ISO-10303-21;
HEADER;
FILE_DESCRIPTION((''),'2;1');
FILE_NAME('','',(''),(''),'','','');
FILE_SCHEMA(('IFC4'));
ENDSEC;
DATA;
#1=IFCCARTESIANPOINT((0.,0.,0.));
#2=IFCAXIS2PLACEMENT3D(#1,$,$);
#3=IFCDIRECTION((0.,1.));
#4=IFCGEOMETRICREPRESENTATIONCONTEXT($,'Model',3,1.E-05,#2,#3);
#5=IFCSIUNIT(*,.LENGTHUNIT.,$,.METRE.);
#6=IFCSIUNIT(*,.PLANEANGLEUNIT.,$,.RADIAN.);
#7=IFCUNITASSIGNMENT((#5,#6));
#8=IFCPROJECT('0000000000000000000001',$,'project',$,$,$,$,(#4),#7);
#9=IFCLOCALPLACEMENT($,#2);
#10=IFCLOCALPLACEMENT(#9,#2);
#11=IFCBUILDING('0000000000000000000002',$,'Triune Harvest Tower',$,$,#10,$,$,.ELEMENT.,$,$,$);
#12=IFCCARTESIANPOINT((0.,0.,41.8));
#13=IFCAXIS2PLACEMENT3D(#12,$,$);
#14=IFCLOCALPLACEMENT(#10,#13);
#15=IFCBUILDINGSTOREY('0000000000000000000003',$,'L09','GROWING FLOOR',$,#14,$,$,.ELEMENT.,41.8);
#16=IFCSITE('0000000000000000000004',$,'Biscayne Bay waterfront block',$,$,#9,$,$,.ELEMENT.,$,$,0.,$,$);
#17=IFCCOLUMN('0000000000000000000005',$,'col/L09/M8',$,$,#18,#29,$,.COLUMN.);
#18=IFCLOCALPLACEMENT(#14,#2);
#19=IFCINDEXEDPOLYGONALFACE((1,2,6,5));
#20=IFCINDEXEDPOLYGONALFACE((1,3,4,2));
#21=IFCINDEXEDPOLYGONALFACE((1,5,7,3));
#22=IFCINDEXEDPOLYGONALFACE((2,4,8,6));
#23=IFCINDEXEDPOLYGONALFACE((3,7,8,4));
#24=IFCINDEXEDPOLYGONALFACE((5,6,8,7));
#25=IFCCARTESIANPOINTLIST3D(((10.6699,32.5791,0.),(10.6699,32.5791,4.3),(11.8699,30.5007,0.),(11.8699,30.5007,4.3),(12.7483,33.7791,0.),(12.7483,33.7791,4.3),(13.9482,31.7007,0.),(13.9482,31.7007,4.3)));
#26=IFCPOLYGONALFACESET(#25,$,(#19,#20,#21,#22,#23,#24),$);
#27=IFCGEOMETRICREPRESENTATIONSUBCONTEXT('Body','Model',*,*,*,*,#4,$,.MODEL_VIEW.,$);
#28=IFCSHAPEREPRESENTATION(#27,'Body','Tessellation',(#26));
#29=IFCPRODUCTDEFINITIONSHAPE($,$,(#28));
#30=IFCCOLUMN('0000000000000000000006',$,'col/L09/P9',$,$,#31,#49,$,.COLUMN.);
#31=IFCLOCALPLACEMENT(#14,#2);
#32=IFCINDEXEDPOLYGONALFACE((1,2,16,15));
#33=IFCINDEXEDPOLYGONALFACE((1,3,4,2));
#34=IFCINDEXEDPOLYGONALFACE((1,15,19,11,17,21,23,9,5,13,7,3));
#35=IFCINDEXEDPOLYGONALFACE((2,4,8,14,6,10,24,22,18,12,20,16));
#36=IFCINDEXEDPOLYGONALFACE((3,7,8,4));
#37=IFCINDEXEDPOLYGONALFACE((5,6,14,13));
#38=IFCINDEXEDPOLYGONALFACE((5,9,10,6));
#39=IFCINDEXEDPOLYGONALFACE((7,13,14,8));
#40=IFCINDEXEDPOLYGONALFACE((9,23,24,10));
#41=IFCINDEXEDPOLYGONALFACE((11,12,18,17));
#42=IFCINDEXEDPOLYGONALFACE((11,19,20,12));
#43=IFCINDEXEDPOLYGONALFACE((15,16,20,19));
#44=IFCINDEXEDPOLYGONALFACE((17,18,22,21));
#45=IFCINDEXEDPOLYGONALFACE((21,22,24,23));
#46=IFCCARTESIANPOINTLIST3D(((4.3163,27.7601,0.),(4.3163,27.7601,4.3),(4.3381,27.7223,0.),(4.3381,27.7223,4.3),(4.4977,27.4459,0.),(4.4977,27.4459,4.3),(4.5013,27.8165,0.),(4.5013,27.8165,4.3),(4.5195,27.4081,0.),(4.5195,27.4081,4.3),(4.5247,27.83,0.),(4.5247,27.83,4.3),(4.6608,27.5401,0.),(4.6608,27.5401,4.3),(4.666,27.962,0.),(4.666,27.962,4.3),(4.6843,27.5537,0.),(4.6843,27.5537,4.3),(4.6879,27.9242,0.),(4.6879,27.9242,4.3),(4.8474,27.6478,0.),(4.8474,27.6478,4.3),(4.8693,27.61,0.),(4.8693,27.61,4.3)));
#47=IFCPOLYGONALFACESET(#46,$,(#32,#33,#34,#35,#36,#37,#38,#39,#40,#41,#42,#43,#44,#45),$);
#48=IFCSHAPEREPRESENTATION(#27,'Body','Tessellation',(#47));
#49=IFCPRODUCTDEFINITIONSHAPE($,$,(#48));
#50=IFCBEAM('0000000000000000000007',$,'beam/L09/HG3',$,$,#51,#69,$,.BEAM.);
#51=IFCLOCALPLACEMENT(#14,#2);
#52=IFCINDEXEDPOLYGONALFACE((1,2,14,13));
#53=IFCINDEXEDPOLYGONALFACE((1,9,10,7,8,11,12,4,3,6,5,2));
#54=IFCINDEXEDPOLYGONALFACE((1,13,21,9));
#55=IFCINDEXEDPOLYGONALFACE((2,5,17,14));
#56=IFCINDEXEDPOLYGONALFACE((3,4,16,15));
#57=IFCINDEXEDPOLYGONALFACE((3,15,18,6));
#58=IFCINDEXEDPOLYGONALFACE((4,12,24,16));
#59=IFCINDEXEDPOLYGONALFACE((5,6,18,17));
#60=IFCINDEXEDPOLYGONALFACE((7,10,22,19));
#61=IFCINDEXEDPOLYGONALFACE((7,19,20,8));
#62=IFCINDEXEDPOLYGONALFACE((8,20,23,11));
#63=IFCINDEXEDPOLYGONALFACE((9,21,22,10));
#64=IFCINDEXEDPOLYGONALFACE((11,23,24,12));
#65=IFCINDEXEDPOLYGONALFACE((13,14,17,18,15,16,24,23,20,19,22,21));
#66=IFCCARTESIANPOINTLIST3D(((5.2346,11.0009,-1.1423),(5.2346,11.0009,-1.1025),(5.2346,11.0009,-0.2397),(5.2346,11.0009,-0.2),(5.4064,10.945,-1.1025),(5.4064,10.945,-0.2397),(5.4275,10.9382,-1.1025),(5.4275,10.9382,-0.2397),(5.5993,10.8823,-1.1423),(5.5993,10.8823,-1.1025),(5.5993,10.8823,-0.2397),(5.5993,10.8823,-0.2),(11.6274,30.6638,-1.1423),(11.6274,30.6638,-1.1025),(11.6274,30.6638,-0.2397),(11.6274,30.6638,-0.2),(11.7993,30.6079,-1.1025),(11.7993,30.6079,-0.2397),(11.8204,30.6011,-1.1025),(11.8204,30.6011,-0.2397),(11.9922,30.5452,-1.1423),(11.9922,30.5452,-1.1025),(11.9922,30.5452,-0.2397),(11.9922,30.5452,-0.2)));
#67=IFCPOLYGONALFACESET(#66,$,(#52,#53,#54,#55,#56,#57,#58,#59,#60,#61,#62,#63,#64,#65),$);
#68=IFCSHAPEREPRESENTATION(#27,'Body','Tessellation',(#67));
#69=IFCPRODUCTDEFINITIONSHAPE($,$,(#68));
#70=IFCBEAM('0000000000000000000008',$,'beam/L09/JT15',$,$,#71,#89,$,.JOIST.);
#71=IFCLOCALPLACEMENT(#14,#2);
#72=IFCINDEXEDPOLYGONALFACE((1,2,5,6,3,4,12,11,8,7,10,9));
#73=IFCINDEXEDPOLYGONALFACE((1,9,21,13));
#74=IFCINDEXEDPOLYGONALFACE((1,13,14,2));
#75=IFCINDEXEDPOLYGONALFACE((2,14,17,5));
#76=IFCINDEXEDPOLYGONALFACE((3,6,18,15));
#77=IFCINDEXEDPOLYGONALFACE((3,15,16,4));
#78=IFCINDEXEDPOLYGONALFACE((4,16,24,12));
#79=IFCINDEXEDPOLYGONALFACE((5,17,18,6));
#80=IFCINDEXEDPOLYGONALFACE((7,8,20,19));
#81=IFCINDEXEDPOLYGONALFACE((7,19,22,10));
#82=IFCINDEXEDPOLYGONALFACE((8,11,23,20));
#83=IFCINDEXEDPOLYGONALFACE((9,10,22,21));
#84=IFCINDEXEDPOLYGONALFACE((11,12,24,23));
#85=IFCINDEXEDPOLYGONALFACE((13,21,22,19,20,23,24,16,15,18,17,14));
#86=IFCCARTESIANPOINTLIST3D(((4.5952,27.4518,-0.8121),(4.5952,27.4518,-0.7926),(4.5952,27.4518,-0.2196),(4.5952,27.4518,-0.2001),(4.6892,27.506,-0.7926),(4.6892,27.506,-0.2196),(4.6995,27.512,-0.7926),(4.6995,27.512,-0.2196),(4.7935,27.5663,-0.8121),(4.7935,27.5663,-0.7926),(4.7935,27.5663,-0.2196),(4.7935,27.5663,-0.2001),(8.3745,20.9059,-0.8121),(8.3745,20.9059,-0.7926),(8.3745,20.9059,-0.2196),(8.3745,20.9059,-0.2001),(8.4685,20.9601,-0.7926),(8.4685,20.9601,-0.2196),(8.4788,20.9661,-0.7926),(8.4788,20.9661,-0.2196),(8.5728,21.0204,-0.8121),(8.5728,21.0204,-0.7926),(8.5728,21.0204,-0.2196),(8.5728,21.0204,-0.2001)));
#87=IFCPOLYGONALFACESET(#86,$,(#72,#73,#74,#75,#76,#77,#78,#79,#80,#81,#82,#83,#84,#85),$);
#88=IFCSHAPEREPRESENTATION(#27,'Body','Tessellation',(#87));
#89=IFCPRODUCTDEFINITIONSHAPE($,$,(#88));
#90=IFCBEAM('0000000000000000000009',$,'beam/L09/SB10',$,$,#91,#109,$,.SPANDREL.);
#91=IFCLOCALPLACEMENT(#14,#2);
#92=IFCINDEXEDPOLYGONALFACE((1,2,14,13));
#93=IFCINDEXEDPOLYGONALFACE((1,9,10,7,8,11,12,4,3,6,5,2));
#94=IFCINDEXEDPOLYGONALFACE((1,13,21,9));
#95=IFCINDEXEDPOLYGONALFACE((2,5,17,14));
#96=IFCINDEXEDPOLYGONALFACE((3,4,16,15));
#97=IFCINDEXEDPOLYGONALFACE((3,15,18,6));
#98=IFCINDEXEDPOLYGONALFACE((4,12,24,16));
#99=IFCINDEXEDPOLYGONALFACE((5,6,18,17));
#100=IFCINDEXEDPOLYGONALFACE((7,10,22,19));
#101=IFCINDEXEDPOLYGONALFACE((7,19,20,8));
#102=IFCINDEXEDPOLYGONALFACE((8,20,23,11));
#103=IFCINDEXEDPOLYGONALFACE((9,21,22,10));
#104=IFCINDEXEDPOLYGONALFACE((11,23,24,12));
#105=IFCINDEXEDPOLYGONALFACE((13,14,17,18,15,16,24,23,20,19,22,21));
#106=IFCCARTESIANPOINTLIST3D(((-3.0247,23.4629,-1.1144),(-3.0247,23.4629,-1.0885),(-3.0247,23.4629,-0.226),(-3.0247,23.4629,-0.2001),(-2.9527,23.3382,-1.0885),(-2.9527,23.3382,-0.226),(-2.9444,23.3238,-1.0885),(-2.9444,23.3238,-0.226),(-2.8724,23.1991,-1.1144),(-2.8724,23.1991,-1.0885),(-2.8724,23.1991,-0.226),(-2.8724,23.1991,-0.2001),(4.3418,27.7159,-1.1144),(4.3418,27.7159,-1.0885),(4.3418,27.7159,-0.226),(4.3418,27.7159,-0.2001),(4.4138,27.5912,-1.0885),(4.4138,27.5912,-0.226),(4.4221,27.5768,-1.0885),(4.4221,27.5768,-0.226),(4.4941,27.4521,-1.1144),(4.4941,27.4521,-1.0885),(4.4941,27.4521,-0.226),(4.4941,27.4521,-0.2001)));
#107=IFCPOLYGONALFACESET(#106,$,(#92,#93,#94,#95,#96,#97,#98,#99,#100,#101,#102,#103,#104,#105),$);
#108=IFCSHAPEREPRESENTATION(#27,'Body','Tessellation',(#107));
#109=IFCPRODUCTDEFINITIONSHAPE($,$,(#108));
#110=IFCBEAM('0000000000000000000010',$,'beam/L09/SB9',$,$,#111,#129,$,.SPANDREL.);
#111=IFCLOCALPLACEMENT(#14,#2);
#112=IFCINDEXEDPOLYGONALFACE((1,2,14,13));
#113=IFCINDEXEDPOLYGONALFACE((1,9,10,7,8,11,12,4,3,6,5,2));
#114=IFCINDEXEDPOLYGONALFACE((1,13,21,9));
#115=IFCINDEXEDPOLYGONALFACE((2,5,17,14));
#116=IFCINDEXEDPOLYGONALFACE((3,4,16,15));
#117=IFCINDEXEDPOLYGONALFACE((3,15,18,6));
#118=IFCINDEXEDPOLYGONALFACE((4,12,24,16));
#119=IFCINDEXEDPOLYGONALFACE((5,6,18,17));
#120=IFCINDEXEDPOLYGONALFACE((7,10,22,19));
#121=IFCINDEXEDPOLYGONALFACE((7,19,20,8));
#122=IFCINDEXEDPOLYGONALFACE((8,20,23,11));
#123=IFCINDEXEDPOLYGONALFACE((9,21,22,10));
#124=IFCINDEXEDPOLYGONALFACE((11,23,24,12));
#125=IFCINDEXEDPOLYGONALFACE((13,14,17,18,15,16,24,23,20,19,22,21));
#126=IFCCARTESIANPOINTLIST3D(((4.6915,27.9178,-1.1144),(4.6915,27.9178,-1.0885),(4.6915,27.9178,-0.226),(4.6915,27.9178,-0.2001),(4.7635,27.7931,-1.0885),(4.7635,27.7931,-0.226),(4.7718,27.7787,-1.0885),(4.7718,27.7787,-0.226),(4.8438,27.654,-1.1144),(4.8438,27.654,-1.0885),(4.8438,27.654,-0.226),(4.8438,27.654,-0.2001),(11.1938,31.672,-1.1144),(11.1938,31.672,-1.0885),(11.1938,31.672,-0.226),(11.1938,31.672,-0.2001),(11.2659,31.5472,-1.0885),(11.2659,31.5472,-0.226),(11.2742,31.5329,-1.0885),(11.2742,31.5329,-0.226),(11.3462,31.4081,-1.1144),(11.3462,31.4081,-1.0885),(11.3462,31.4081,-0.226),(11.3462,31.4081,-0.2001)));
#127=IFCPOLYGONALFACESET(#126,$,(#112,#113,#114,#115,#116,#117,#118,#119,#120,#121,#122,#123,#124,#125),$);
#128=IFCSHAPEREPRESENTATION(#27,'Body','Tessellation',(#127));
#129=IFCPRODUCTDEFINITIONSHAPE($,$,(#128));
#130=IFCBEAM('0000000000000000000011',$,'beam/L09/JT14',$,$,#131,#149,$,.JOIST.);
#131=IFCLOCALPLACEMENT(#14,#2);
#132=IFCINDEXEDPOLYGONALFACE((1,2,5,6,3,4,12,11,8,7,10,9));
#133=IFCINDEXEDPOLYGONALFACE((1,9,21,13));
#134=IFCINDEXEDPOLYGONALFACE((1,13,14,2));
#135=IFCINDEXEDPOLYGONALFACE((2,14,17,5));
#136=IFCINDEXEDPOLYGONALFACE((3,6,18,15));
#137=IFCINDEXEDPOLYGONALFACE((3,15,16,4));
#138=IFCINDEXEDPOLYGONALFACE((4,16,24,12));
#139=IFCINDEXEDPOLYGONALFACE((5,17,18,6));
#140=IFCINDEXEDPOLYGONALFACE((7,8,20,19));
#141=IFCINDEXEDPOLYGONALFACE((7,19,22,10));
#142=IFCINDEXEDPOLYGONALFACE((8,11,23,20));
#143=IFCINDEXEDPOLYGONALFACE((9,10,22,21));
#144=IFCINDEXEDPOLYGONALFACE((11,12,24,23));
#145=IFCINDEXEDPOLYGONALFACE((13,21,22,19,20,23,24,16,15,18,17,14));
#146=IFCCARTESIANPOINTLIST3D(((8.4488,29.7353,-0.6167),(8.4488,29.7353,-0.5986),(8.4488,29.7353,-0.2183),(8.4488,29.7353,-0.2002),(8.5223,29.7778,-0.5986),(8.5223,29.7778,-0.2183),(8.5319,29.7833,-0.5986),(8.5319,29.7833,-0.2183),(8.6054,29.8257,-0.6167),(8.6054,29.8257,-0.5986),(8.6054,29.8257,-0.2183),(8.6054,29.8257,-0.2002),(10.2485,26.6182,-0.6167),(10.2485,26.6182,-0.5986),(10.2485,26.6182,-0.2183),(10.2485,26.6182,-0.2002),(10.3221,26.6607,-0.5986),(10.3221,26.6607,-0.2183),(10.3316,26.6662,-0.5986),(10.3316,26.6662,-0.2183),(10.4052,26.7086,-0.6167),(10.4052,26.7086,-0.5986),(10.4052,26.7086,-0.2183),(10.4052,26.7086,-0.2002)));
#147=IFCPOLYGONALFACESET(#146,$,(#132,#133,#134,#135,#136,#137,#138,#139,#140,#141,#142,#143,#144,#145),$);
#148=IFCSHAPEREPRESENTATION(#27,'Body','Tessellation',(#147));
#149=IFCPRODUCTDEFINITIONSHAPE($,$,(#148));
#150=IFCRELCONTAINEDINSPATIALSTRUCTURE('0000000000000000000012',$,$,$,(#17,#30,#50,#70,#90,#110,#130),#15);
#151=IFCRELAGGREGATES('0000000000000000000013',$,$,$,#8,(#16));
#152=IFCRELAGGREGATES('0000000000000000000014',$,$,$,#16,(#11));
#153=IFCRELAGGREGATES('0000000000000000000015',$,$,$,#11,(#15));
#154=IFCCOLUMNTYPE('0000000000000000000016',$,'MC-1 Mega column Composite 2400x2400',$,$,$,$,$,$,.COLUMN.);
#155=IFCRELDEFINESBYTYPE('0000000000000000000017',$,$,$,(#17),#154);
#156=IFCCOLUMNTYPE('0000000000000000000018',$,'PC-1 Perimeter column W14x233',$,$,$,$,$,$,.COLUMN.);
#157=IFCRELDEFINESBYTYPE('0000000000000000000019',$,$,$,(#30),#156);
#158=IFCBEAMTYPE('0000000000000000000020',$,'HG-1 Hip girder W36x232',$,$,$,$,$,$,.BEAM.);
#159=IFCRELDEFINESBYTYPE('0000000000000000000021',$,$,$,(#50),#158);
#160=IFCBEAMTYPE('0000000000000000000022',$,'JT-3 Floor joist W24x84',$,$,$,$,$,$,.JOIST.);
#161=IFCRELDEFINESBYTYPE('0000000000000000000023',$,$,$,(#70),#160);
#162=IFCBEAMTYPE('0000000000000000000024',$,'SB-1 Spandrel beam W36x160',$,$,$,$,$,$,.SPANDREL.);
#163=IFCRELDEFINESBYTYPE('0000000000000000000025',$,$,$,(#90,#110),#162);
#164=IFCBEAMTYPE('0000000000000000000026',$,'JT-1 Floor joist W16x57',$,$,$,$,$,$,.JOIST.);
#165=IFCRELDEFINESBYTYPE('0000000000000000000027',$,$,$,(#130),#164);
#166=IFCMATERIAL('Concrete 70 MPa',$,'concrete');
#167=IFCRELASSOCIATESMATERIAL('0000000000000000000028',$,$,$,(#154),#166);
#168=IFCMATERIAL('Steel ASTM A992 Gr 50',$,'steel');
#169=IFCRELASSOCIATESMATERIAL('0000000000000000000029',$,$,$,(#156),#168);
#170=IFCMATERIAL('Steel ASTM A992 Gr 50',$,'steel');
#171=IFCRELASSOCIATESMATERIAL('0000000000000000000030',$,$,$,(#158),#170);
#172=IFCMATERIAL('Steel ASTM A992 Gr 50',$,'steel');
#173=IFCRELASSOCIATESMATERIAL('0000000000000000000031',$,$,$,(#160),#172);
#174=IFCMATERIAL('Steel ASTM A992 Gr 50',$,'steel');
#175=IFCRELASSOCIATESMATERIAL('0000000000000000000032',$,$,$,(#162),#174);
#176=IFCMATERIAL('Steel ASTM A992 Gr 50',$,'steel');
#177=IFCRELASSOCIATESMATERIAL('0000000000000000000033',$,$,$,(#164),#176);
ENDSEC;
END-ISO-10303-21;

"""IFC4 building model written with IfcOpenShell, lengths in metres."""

from ifc_helpers import new_model, si_unit, direction, frame, origin, origin_2d, place, context, subcontext, project, spatial, rectangle, i_section, extrude, source, transform, mapped, material, material_profile, profile_set, type_object, element, save


model = new_model("IFC4")

# Units and contexts
model_context = context("Model", 3, precision=1e-05, world=origin(), true_north=direction((0.0, 1.0)))
body_context = subcontext(model_context, "Body", "Model", "MODEL_VIEW")
ifc_project = project(units=[si_unit("LENGTHUNIT", "METRE"), si_unit("PLANEANGLEUNIT", "RADIAN")], contexts=[model_context])

# Site, building, storey
site_placement = place(None, origin())
site = spatial("IfcSite", under=ifc_project, at=site_placement, Name="Biscayne Bay waterfront block", CompositionType="ELEMENT", RefElevation=0.0)
building_placement = place(site_placement, origin())
building = spatial("IfcBuilding", under=site, at=building_placement, Name="Triune Harvest Tower", CompositionType="ELEMENT")
storey_placement = place(building_placement, frame((0.0, 0.0, 41.8)))
storey = spatial("IfcBuildingStorey", under=building, at=storey_placement, Name="L09", Description="GROWING FLOOR", CompositionType="ELEMENT", Elevation=41.8)

# Columns
ifc_material_1 = material(Name="Concrete 70 MPa", Category="concrete")
ifc_material_profile_1 = material_profile(ifc_material_1, rectangle(XDim=2.3999, YDim=2.3999, at=origin_2d()), Name="Composite 2400x2400")
ifc_profile_set_1 = profile_set([ifc_material_profile_1], Name="Concrete 70 MPa")
column_type_1 = type_object("IfcColumnType", Name="MC-1 Mega column Composite 2400x2400", PredefinedType="COLUMN", material=ifc_profile_set_1)
shared_shape_1 = source(origin(), body_context, "Body", "SweptSolid", [
    extrude(rectangle(XDim=2.3999, YDim=2.3999, at=origin_2d()), origin(), (0.0, 0.0, 1.0), 4.3),
])
column_1_placement = place(storey_placement, frame((12.3091, 32.1399, 0.0), z_axis=(0.0, 0.0, 1.0), x_axis=(-0.866025, -0.5, 0.0)))
element("IfcColumn", 1, at=column_1_placement, inside=storey, type_object=column_type_1, Name="col/L09/M8", PredefinedType="COLUMN", context=body_context, shape_type="MappedRepresentation", body=[
    mapped(shared_shape_1, transform((0.0, 0.0, 0.0), scale=1.0)),
])
ifc_material_2 = material(Name="Steel ASTM A992 Gr 50", Category="steel")
ifc_material_profile_2 = material_profile(ifc_material_2, i_section(OverallWidth=0.4038, OverallDepth=0.4065, WebThickness=0.0271, FlangeThickness=0.0437, at=origin_2d()), Name="W14x233")
ifc_profile_set_2 = profile_set([ifc_material_profile_2], Name="Steel ASTM A992 Gr 50")
column_type_2 = type_object("IfcColumnType", Name="PC-1 Perimeter column W14x233", PredefinedType="COLUMN", material=ifc_profile_set_2)
shared_shape_2 = source(origin(), body_context, "Body", "SweptSolid", [
    extrude(i_section(OverallWidth=0.4038, OverallDepth=0.4065, WebThickness=0.0271, FlangeThickness=0.0437, at=origin_2d()), origin(), (0.0, 0.0, 1.0), 4.3),
])
column_2_placement = place(storey_placement, frame((4.5928, 27.6851, 0.0), z_axis=(0.0, 0.0, 1.0), x_axis=(-0.866025, -0.5, 0.0)))
element("IfcColumn", 2, at=column_2_placement, inside=storey, type_object=column_type_2, Name="col/L09/P9", PredefinedType="COLUMN", context=body_context, shape_type="MappedRepresentation", body=[
    mapped(shared_shape_2, transform((0.0, 0.0, 0.0), scale=1.0)),
])

# Beams
ifc_material_3 = material(Name="Steel ASTM A992 Gr 50", Category="steel")
ifc_material_profile_3 = material_profile(ifc_material_3, i_section(OverallWidth=0.3835, OverallDepth=0.9424, WebThickness=0.0222, FlangeThickness=0.0398, at=origin_2d()), Name="W36x232")
ifc_profile_set_3 = profile_set([ifc_material_profile_3], Name="Steel ASTM A992 Gr 50")
beam_type_1 = type_object("IfcBeamType", Name="HG-1 Hip girder W36x232", PredefinedType="BEAM", material=ifc_profile_set_3)
shared_shape_3 = source(origin(), body_context, "Body", "SweptSolid", [
    extrude(i_section(OverallWidth=0.3835, OverallDepth=0.9424, WebThickness=0.0222, FlangeThickness=0.0398, at=origin_2d()), origin(), (0.0, 0.0, 1.0), 20.676),
])
beam_1_placement = place(storey_placement, frame((11.8098, 30.6045, -0.6711), z_axis=(-0.309191, -0.951, 0.0), x_axis=(0.951, -0.309191, 0.0)))
element("IfcBeam", 3, at=beam_1_placement, inside=storey, type_object=beam_type_1, Name="beam/L09/HG3", PredefinedType="BEAM", context=body_context, shape_type="MappedRepresentation", body=[
    mapped(shared_shape_3, transform((0.0, 0.0, 0.0), scale=1.0)),
])
ifc_material_4 = material(Name="Steel ASTM A992 Gr 50", Category="steel")
ifc_material_profile_4 = material_profile(ifc_material_4, i_section(OverallWidth=0.229, OverallDepth=0.6121, WebThickness=0.012, FlangeThickness=0.0195, at=origin_2d()), Name="W24x84")
ifc_profile_set_4 = profile_set([ifc_material_profile_4], Name="Steel ASTM A992 Gr 50")
beam_type_2 = type_object("IfcBeamType", Name="JT-3 Floor joist W24x84", PredefinedType="JOIST", material=ifc_profile_set_4)
shared_shape_4 = source(origin(), body_context, "Body", "SweptSolid", [
    extrude(i_section(OverallWidth=0.229, OverallDepth=0.6121, WebThickness=0.012, FlangeThickness=0.0195, at=origin_2d()), origin(), (0.0, 0.0, 1.0), 7.5586),
])
beam_2_placement = place(storey_placement, frame((4.6943, 27.509, -0.5061), z_axis=(0.500002, -0.866024, 0.0), x_axis=(0.866024, 0.500002, 0.0)))
element("IfcBeam", 4, at=beam_2_placement, inside=storey, type_object=beam_type_2, Name="beam/L09/JT15", PredefinedType="JOIST", context=body_context, shape_type="MappedRepresentation", body=[
    mapped(shared_shape_4, transform((0.0, 0.0, 0.0), scale=1.0)),
])
ifc_material_5 = material(Name="Steel ASTM A992 Gr 50", Category="steel")
ifc_material_profile_5 = material_profile(ifc_material_5, i_section(OverallWidth=0.3047, OverallDepth=0.9143, WebThickness=0.0166, FlangeThickness=0.0259, at=origin_2d()), Name="W36x160")
ifc_profile_set_5 = profile_set([ifc_material_profile_5], Name="Steel ASTM A992 Gr 50")
beam_type_3 = type_object("IfcBeamType", Name="SB-1 Spandrel beam W36x160", PredefinedType="SPANDREL", material=ifc_profile_set_5)
shared_shape_5 = source(origin(), body_context, "Body", "SweptSolid", [
    extrude(i_section(OverallWidth=0.3047, OverallDepth=0.9143, WebThickness=0.0166, FlangeThickness=0.0259, at=origin_2d()), origin(), (0.0, 0.0, 1.0), 8.5061),
])
beam_3_placement = place(storey_placement, frame((4.418, 27.584, -0.6572), z_axis=(-0.86603, -0.499992, 0.0), x_axis=(0.499992, -0.86603, 0.0)))
element("IfcBeam", 5, at=beam_3_placement, inside=storey, type_object=beam_type_3, Name="beam/L09/SB10", PredefinedType="SPANDREL", context=body_context, shape_type="MappedRepresentation", body=[
    mapped(shared_shape_5, transform((0.0, 0.0, 0.0), scale=1.0)),
])
shared_shape_6 = source(origin(), body_context, "Body", "SweptSolid", [
    extrude(i_section(OverallWidth=0.3047, OverallDepth=0.9143, WebThickness=0.0166, FlangeThickness=0.0259, at=origin_2d()), origin(), (0.0, 0.0, 1.0), 7.5083),
])
beam_4_placement = place(storey_placement, frame((11.27, 31.54, -0.6572), z_axis=(-0.866027, -0.499996, 0.0), x_axis=(0.499996, -0.866027, 0.0)))
element("IfcBeam", 6, at=beam_4_placement, inside=storey, type_object=beam_type_3, Name="beam/L09/SB9", PredefinedType="SPANDREL", context=body_context, shape_type="MappedRepresentation", body=[
    mapped(shared_shape_6, transform((0.0, 0.0, 0.0), scale=1.0)),
])
ifc_material_6 = material(Name="Steel ASTM A992 Gr 50", Category="steel")
ifc_material_profile_6 = material_profile(ifc_material_6, i_section(OverallWidth=0.1809, OverallDepth=0.4165, WebThickness=0.011, FlangeThickness=0.0181, at=origin_2d()), Name="W16x57")
ifc_profile_set_6 = profile_set([ifc_material_profile_6], Name="Steel ASTM A992 Gr 50")
beam_type_4 = type_object("IfcBeamType", Name="JT-1 Floor joist W16x57", PredefinedType="JOIST", material=ifc_profile_set_6)
shared_shape_7 = source(origin(), body_context, "Body", "SweptSolid", [
    extrude(i_section(OverallWidth=0.1809, OverallDepth=0.4165, WebThickness=0.011, FlangeThickness=0.0181, at=origin_2d()), origin(), (0.0, 0.0, 1.0), 3.5994),
])
beam_5_placement = place(storey_placement, frame((8.5271, 29.7805, -0.4084), z_axis=(0.50002, -0.866014, 0.0), x_axis=(0.866014, 0.50002, 0.0)))
element("IfcBeam", 7, at=beam_5_placement, inside=storey, type_object=beam_type_4, Name="beam/L09/JT14", PredefinedType="JOIST", context=body_context, shape_type="MappedRepresentation", body=[
    mapped(shared_shape_7, transform((0.0, 0.0, 0.0), scale=1.0)),
])

save(model, "model.ifc")
